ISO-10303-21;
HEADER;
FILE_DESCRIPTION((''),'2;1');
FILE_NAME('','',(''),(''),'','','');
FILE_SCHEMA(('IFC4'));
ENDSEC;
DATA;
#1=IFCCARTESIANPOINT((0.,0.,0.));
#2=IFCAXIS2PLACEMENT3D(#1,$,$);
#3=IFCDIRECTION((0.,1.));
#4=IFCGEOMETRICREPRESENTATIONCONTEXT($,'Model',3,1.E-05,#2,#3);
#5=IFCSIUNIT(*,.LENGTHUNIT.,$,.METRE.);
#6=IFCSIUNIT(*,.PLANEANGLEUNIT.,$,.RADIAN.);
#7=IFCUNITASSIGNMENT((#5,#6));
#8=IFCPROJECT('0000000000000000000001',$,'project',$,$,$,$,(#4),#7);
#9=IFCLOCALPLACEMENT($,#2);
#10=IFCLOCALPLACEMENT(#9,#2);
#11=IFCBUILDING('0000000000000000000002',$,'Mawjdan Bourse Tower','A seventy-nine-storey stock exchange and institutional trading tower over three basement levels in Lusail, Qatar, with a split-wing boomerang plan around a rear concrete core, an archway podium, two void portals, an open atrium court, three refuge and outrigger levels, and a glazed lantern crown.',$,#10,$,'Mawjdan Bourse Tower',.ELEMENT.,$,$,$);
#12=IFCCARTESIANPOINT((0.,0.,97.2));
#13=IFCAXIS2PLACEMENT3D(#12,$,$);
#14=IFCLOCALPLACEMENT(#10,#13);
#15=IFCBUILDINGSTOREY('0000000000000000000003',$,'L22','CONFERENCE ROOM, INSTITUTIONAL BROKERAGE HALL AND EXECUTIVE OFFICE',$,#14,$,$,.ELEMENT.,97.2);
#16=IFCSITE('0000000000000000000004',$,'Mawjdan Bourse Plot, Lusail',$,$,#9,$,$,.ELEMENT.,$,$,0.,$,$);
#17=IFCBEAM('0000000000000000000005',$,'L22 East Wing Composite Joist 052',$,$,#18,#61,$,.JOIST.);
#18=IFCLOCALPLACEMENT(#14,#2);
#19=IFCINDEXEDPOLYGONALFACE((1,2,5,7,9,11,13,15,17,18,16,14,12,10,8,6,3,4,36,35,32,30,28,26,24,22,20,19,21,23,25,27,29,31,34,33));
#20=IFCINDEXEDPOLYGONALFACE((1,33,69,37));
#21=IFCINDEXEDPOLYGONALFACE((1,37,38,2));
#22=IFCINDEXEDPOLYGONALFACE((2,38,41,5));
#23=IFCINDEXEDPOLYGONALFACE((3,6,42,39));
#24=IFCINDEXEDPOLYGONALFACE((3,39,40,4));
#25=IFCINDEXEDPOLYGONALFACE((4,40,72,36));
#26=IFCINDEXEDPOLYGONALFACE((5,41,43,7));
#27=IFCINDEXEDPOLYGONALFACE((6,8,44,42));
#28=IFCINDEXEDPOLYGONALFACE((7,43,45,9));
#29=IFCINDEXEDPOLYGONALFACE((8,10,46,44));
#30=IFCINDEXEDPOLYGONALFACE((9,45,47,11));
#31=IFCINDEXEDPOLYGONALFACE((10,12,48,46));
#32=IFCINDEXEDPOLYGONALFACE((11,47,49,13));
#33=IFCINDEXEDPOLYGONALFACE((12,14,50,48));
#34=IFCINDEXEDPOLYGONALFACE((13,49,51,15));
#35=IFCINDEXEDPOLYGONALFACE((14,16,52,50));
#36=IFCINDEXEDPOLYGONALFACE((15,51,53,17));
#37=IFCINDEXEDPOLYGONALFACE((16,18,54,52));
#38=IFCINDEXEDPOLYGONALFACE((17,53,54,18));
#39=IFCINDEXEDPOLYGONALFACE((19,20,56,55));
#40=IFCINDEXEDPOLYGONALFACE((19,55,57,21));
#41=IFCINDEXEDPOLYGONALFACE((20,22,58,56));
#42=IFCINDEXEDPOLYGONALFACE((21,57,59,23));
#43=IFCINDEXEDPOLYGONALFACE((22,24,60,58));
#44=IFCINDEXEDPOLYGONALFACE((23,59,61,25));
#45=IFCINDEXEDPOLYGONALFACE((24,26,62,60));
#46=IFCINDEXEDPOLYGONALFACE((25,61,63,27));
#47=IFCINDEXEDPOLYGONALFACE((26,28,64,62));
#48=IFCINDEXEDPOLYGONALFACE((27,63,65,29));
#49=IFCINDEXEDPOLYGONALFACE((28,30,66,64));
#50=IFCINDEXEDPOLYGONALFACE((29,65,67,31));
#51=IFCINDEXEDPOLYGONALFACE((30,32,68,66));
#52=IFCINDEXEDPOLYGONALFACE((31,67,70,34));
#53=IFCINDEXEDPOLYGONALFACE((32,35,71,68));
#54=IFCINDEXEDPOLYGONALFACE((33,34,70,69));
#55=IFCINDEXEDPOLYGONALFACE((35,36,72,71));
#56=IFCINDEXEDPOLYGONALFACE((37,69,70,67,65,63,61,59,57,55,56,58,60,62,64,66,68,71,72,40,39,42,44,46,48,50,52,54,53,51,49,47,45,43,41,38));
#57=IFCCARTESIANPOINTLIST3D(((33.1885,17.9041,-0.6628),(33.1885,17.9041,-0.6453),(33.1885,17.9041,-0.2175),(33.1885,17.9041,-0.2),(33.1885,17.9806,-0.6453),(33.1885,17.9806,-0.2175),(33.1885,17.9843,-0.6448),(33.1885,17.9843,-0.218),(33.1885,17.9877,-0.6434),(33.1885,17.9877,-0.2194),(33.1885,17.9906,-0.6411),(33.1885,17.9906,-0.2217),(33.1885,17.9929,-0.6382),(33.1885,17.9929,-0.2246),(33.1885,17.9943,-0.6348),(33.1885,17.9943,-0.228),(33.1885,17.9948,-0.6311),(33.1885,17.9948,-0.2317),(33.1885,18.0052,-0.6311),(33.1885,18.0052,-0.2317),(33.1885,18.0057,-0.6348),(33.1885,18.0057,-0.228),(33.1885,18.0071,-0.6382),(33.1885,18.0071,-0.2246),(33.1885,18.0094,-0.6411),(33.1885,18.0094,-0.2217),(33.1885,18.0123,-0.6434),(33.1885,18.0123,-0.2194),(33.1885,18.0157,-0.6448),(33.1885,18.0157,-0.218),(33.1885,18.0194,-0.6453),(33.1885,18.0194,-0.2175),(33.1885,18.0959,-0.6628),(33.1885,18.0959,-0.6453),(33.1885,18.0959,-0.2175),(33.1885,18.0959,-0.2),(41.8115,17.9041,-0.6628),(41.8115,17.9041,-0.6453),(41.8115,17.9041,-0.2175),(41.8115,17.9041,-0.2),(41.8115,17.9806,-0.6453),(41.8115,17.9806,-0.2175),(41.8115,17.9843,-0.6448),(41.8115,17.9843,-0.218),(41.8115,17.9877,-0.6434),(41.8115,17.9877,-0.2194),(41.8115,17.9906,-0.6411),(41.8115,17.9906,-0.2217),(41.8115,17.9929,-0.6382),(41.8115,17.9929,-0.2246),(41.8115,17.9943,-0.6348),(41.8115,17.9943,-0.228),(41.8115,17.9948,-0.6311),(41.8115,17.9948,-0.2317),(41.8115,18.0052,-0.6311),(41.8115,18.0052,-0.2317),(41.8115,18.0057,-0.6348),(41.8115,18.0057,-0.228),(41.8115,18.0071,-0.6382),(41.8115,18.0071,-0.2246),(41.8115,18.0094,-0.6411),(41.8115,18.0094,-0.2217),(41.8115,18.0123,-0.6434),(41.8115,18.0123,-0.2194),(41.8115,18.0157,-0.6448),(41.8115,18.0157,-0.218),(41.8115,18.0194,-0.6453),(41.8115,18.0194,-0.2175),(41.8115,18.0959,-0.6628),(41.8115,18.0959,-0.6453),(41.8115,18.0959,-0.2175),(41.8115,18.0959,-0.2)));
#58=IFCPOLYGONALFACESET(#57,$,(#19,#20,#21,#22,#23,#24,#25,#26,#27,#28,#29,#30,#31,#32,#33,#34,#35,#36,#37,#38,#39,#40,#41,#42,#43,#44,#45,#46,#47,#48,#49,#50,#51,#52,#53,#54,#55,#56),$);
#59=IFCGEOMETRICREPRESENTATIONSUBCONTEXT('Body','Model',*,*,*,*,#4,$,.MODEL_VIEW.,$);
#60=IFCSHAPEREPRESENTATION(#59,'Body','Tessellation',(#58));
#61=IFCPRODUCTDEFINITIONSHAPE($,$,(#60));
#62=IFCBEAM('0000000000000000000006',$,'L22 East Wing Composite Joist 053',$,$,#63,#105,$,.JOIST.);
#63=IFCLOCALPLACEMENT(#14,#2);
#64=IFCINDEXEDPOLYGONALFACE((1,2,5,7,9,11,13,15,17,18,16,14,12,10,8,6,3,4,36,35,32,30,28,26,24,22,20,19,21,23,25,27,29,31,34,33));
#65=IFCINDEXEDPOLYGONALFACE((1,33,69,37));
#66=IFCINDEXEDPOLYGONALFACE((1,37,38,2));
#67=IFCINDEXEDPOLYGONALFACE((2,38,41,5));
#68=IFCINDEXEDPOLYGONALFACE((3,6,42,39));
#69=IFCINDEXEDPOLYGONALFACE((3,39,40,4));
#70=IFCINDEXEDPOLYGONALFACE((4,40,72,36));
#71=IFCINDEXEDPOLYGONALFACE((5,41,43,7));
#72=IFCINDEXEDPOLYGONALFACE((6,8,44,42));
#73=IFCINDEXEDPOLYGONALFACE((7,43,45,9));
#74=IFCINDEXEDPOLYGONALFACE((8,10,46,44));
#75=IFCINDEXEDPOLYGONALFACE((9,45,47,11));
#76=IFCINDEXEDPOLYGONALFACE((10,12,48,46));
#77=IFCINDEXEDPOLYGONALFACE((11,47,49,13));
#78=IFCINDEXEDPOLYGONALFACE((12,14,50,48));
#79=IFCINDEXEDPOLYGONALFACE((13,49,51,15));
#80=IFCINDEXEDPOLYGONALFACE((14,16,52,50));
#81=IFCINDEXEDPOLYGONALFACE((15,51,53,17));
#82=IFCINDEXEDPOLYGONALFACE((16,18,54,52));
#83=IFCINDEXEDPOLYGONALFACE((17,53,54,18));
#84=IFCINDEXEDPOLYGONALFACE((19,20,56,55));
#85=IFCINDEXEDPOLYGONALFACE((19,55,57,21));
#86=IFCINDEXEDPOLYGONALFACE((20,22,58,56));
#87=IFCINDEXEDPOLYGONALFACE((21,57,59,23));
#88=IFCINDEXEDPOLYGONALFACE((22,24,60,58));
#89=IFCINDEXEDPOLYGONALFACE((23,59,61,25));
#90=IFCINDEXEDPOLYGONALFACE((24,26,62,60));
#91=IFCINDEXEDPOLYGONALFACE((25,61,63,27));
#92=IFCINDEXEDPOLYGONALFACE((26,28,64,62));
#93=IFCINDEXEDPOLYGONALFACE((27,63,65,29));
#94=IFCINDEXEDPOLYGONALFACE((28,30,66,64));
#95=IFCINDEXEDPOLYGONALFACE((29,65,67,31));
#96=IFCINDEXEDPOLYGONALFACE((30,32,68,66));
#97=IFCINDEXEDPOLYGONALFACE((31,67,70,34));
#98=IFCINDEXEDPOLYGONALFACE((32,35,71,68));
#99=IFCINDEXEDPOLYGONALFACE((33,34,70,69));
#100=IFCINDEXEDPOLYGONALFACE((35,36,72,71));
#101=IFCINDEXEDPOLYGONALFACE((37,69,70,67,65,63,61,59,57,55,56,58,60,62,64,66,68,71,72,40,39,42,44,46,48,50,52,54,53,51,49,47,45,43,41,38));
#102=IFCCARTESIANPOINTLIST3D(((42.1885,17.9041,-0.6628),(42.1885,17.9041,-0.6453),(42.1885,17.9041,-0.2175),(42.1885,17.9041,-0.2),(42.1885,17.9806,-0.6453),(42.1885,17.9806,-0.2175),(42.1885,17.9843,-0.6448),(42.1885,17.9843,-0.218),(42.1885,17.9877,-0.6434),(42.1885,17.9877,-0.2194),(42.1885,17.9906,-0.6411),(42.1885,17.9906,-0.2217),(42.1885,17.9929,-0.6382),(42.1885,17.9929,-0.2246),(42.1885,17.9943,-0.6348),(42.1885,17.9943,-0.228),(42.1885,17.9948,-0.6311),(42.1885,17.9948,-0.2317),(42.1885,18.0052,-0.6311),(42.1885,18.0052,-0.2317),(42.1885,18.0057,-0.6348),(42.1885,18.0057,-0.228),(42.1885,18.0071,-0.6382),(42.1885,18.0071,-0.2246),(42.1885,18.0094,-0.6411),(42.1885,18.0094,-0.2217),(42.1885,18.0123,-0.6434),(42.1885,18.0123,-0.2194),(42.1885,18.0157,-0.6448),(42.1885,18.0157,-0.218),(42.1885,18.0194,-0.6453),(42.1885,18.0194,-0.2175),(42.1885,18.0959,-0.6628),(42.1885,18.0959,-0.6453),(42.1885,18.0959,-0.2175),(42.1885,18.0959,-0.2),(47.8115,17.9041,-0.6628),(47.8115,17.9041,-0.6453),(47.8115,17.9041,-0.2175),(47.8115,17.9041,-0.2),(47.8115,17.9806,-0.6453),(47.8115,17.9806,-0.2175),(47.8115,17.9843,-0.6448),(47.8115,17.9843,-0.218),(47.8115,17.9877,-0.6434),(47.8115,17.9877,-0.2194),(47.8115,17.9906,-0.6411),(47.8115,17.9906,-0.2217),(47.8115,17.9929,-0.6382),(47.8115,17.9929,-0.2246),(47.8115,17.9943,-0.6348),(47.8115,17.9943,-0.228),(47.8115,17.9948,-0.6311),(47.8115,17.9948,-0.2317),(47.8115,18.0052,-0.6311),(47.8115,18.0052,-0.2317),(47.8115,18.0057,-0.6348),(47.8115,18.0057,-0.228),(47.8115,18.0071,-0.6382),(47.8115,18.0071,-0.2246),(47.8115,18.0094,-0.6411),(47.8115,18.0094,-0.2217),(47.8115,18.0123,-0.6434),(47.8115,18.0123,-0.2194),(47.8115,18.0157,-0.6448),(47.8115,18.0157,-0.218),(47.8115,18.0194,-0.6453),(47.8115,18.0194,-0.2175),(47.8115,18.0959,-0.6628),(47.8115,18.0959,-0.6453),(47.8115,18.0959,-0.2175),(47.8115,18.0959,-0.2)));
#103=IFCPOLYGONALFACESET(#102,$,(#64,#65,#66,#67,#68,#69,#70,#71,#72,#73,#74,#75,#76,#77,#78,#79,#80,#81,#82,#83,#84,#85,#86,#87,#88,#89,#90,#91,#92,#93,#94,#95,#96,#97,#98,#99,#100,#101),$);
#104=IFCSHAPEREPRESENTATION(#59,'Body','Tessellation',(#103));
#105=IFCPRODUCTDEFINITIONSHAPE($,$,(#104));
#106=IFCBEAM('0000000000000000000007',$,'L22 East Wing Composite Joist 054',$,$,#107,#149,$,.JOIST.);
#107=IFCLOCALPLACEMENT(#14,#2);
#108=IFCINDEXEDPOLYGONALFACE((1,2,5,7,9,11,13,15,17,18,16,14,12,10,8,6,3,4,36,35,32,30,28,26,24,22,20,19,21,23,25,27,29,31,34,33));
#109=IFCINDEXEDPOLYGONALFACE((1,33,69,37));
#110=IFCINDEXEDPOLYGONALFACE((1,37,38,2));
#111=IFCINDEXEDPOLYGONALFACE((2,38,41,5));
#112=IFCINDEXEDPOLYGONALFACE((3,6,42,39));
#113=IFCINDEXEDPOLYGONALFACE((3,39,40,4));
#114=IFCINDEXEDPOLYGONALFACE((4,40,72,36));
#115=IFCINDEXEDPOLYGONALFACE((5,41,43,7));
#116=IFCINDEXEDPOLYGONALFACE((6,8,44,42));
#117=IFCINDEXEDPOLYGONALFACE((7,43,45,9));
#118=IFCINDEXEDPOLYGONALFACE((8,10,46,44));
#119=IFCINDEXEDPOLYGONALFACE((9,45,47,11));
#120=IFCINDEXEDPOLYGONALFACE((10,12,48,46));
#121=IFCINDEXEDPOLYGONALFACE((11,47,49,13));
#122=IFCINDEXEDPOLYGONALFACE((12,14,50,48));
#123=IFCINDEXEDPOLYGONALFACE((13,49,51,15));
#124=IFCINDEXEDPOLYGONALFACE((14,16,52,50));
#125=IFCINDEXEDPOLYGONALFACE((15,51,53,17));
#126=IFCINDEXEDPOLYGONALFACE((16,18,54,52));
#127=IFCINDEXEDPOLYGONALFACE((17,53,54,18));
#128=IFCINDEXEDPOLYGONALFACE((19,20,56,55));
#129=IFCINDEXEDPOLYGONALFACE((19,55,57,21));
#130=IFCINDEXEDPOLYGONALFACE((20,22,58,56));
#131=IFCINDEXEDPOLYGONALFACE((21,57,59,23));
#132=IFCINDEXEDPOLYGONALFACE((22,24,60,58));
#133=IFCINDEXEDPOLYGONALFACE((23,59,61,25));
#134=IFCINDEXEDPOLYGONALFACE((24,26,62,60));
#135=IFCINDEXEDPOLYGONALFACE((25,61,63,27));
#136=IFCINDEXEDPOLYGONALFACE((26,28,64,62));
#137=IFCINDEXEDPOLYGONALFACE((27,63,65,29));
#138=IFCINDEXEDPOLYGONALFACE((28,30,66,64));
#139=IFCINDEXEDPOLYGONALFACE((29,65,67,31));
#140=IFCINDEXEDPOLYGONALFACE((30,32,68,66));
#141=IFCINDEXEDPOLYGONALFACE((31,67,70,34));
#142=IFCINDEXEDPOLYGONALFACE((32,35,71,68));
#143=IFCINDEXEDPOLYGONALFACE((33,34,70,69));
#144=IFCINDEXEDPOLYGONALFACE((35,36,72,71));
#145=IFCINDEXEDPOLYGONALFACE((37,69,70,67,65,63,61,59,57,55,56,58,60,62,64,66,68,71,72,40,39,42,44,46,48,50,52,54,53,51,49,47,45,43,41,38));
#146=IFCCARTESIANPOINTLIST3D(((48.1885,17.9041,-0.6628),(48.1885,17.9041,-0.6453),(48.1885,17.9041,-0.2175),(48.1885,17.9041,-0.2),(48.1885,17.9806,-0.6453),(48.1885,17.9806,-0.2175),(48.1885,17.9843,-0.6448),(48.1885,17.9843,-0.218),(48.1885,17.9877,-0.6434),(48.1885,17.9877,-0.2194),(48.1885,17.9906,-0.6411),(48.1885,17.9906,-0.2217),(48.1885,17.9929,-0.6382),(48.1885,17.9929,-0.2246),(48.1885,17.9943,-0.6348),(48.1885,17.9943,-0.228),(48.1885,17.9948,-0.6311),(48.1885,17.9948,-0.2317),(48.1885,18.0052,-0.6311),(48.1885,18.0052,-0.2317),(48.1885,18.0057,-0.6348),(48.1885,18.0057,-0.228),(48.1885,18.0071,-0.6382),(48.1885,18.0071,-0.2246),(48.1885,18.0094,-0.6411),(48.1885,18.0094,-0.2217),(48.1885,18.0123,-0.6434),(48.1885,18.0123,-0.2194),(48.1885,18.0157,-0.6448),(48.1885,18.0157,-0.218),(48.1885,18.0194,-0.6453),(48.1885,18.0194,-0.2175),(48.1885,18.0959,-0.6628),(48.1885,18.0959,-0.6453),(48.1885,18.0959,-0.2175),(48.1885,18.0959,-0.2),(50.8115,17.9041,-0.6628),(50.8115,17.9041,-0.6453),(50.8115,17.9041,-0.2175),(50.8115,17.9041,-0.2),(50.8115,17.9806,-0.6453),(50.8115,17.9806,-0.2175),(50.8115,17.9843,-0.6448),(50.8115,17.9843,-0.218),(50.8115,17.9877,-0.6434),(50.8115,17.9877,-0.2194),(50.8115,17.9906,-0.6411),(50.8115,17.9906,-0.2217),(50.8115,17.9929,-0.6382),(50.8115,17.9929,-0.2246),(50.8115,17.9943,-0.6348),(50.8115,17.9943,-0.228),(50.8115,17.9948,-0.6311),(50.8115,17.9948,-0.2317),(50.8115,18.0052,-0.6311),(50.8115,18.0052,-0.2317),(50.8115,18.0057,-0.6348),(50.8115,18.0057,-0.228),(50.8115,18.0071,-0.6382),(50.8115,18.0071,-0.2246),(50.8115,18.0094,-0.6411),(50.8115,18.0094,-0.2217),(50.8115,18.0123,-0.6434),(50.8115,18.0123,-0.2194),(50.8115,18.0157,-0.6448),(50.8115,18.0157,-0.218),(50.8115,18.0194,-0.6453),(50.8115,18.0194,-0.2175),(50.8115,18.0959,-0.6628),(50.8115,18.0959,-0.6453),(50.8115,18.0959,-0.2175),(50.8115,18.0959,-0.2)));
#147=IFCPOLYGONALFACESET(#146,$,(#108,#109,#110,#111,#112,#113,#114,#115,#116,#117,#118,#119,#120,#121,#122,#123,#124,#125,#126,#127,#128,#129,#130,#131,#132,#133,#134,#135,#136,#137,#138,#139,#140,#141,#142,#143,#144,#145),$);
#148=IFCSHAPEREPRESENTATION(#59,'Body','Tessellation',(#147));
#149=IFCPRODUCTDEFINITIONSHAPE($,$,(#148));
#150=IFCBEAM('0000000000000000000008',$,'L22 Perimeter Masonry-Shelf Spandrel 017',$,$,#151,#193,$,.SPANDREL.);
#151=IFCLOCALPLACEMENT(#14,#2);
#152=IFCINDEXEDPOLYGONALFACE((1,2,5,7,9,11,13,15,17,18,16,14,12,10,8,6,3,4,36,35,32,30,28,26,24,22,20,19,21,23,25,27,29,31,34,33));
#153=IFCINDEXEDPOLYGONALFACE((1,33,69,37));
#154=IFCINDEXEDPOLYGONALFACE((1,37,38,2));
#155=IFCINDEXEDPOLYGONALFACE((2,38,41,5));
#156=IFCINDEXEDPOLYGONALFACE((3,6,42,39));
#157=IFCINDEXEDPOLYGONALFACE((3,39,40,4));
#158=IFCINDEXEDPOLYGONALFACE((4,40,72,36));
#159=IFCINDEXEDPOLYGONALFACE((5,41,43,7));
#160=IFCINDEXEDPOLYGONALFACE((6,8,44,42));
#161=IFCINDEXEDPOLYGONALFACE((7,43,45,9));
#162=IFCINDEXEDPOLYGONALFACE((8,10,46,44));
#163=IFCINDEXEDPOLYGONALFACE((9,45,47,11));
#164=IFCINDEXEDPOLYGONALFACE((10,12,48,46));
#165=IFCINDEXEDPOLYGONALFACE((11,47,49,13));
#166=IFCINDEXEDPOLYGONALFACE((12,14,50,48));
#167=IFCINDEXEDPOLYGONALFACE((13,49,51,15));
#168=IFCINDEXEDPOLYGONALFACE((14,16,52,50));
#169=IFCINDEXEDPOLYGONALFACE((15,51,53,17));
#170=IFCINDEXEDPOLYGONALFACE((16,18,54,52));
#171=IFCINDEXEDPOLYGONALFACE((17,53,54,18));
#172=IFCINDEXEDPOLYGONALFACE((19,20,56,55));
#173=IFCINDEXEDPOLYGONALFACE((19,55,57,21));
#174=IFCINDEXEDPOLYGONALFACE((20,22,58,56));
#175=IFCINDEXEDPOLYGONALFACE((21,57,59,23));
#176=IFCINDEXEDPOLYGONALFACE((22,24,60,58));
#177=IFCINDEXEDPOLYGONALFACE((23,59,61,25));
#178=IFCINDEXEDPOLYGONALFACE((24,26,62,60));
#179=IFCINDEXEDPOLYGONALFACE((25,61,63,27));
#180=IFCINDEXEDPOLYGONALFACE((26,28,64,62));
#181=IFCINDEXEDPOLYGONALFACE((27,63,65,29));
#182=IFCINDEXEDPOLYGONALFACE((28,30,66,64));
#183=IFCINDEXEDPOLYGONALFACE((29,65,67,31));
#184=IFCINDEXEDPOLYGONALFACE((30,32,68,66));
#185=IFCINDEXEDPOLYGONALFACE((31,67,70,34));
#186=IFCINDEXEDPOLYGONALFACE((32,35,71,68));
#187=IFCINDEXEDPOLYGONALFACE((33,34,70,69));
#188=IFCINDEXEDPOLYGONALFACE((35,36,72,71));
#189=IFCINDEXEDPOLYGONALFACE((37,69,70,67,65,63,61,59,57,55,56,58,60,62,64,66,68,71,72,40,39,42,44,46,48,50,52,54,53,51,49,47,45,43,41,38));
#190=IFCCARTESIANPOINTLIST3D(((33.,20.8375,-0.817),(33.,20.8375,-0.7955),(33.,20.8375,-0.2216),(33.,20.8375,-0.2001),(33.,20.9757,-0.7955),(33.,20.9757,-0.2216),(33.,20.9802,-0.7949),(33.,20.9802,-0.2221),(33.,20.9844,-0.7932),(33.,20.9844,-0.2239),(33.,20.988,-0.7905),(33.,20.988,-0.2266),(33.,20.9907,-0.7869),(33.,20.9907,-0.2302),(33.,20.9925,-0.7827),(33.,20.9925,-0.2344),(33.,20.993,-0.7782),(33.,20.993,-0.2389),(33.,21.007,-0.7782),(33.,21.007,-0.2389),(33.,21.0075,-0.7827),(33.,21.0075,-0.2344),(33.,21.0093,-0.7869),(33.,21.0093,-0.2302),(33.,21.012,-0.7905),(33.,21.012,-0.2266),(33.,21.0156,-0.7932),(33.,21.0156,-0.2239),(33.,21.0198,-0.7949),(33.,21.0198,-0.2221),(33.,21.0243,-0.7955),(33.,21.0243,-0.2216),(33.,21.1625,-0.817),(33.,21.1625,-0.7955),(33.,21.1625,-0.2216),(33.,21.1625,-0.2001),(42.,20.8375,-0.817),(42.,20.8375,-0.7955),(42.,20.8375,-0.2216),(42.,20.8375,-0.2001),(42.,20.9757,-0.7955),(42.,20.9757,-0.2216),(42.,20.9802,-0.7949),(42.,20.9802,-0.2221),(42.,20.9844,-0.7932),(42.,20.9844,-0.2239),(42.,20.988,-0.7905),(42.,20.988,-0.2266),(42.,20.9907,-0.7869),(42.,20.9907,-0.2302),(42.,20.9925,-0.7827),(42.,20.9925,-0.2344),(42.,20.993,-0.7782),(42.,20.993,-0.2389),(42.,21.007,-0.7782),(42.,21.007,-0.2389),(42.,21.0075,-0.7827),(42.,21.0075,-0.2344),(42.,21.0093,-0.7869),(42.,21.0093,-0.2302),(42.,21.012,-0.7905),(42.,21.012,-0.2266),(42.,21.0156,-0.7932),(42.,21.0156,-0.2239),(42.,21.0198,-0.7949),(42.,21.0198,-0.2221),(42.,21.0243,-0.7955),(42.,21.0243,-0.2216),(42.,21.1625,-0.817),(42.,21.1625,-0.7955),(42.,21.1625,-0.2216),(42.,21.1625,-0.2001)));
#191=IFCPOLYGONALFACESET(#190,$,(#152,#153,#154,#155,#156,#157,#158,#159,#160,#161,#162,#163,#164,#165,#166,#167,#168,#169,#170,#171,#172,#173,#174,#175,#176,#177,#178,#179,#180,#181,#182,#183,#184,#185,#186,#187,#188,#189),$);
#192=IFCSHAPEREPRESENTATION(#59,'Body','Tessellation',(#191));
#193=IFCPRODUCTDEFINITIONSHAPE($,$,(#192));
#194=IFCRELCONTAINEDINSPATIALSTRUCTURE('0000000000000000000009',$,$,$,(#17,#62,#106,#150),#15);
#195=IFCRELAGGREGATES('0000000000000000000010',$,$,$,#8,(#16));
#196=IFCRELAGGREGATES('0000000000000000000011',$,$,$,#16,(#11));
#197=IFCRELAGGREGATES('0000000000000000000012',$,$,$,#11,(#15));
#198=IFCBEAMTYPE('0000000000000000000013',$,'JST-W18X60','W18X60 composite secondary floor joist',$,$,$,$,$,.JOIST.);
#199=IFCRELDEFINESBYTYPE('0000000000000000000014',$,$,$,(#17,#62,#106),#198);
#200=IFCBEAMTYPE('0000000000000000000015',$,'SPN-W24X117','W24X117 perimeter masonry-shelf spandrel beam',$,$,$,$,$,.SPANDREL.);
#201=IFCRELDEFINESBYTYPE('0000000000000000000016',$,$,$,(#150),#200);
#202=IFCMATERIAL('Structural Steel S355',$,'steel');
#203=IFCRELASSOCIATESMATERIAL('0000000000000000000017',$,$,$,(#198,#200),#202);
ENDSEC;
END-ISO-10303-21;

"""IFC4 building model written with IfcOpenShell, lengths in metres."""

from ifc_helpers import new_model, si_unit, direction, frame, origin, origin_2d, place, context, subcontext, project, spatial, i_section, extrude, material, material_profile, profile_set, type_object, element, save


model = new_model("IFC4")

# Units and contexts
model_context = context("Model", 3, precision=1e-05, world=origin(), true_north=direction((0.0, 1.0)))
body_context = subcontext(model_context, "Body", "Model", "MODEL_VIEW")
ifc_project = project(units=[si_unit("LENGTHUNIT", "METRE"), si_unit("PLANEANGLEUNIT", "RADIAN")], contexts=[model_context])

# Site, building, storey
site_placement = place(None, origin())
site = spatial("IfcSite", under=ifc_project, at=site_placement, Name="Mawjdan Bourse Plot, Lusail", CompositionType="ELEMENT", RefElevation=0.0)
building_placement = place(site_placement, origin())
building = spatial("IfcBuilding", under=site, at=building_placement, Name="Mawjdan Bourse Tower", Description="A seventy-nine-storey stock exchange and institutional trading tower over three basement levels in Lusail, Qatar, with a split-wing boomerang plan around a rear concrete core, an archway podium, two void portals, an open atrium court, three refuge and outrigger levels, and a glazed lantern crown.", LongName="Mawjdan Bourse Tower", CompositionType="ELEMENT")
storey_placement = place(building_placement, frame((0.0, 0.0, 97.2)))
storey = spatial("IfcBuildingStorey", under=building, at=storey_placement, Name="L22", Description="CONFERENCE ROOM, INSTITUTIONAL BROKERAGE HALL AND EXECUTIVE OFFICE", CompositionType="ELEMENT", Elevation=97.2)

# Beams
ifc_material_1 = material(Name="Structural Steel S355", Category="steel")
ifc_material_profile_1 = material_profile(ifc_material_1, i_section(OverallWidth=0.1919, OverallDepth=0.4629, WebThickness=0.0105, FlangeThickness=0.0176, FilletRadius=0.0142, at=origin_2d()), Name="W18X60")
ifc_profile_set_1 = profile_set([ifc_material_profile_1], Name="Structural Steel S355")
beam_type_1 = type_object("IfcBeamType", Name="JST-W18X60", Description="W18X60 composite secondary floor joist", PredefinedType="JOIST", material=ifc_profile_set_1)
beam_1_placement = place(storey_placement, frame((33.1885, 18.0, -0.4314), z_axis=(1.0, 0.0, 0.0), x_axis=(0.0, 1.0, 0.0)))
element("IfcBeam", 1, at=beam_1_placement, inside=storey, type_object=beam_type_1, Name="L22 East Wing Composite Joist 052", PredefinedType="JOIST", context=body_context, shape_type="SweptSolid", body=[
    extrude(i_section(OverallWidth=0.1919, OverallDepth=0.4629, WebThickness=0.0105, FlangeThickness=0.0176, FilletRadius=0.0142, at=origin_2d()), origin(), (0.0, 0.0, 1.0), 8.623),
])
beam_2_placement = place(storey_placement, frame((42.1885, 18.0, -0.4314), z_axis=(1.0, 0.0, 0.0), x_axis=(0.0, 1.0, 0.0)))
element("IfcBeam", 2, at=beam_2_placement, inside=storey, type_object=beam_type_1, Name="L22 East Wing Composite Joist 053", PredefinedType="JOIST", context=body_context, shape_type="SweptSolid", body=[
    extrude(i_section(OverallWidth=0.1919, OverallDepth=0.4629, WebThickness=0.0105, FlangeThickness=0.0176, FilletRadius=0.0142, at=origin_2d()), origin(), (0.0, 0.0, 1.0), 5.623),
])
beam_3_placement = place(storey_placement, frame((48.1885, 18.0, -0.4314), z_axis=(1.0, 0.0, 0.0), x_axis=(0.0, 1.0, 0.0)))
element("IfcBeam", 3, at=beam_3_placement, inside=storey, type_object=beam_type_1, Name="L22 East Wing Composite Joist 054", PredefinedType="JOIST", context=body_context, shape_type="SweptSolid", body=[
    extrude(i_section(OverallWidth=0.1919, OverallDepth=0.4629, WebThickness=0.0105, FlangeThickness=0.0176, FilletRadius=0.0142, at=origin_2d()), origin(), (0.0, 0.0, 1.0), 2.623),
])
ifc_material_profile_2 = material_profile(ifc_material_1, i_section(OverallWidth=0.325, OverallDepth=0.6169, WebThickness=0.0139, FlangeThickness=0.0215, FilletRadius=0.0173, at=origin_2d()), Name="W24X117")
ifc_profile_set_2 = profile_set([ifc_material_profile_2], Name="Structural Steel S355")
beam_type_2 = type_object("IfcBeamType", Name="SPN-W24X117", Description="W24X117 perimeter masonry-shelf spandrel beam", PredefinedType="SPANDREL", material=ifc_profile_set_2)
beam_4_placement = place(storey_placement, frame((33.0, 21.0, -0.5085), z_axis=(1.0, 0.0, 0.0), x_axis=(0.0, 1.0, 0.0)))
element("IfcBeam", 4, at=beam_4_placement, inside=storey, type_object=beam_type_2, Name="L22 Perimeter Masonry-Shelf Spandrel 017", PredefinedType="SPANDREL", context=body_context, shape_type="SweptSolid", body=[
    extrude(i_section(OverallWidth=0.325, OverallDepth=0.6169, WebThickness=0.0139, FlangeThickness=0.0215, FilletRadius=0.0173, at=origin_2d()), origin(), (0.0, 0.0, 1.0), 9.0),
])

save(model, "model.ifc")
